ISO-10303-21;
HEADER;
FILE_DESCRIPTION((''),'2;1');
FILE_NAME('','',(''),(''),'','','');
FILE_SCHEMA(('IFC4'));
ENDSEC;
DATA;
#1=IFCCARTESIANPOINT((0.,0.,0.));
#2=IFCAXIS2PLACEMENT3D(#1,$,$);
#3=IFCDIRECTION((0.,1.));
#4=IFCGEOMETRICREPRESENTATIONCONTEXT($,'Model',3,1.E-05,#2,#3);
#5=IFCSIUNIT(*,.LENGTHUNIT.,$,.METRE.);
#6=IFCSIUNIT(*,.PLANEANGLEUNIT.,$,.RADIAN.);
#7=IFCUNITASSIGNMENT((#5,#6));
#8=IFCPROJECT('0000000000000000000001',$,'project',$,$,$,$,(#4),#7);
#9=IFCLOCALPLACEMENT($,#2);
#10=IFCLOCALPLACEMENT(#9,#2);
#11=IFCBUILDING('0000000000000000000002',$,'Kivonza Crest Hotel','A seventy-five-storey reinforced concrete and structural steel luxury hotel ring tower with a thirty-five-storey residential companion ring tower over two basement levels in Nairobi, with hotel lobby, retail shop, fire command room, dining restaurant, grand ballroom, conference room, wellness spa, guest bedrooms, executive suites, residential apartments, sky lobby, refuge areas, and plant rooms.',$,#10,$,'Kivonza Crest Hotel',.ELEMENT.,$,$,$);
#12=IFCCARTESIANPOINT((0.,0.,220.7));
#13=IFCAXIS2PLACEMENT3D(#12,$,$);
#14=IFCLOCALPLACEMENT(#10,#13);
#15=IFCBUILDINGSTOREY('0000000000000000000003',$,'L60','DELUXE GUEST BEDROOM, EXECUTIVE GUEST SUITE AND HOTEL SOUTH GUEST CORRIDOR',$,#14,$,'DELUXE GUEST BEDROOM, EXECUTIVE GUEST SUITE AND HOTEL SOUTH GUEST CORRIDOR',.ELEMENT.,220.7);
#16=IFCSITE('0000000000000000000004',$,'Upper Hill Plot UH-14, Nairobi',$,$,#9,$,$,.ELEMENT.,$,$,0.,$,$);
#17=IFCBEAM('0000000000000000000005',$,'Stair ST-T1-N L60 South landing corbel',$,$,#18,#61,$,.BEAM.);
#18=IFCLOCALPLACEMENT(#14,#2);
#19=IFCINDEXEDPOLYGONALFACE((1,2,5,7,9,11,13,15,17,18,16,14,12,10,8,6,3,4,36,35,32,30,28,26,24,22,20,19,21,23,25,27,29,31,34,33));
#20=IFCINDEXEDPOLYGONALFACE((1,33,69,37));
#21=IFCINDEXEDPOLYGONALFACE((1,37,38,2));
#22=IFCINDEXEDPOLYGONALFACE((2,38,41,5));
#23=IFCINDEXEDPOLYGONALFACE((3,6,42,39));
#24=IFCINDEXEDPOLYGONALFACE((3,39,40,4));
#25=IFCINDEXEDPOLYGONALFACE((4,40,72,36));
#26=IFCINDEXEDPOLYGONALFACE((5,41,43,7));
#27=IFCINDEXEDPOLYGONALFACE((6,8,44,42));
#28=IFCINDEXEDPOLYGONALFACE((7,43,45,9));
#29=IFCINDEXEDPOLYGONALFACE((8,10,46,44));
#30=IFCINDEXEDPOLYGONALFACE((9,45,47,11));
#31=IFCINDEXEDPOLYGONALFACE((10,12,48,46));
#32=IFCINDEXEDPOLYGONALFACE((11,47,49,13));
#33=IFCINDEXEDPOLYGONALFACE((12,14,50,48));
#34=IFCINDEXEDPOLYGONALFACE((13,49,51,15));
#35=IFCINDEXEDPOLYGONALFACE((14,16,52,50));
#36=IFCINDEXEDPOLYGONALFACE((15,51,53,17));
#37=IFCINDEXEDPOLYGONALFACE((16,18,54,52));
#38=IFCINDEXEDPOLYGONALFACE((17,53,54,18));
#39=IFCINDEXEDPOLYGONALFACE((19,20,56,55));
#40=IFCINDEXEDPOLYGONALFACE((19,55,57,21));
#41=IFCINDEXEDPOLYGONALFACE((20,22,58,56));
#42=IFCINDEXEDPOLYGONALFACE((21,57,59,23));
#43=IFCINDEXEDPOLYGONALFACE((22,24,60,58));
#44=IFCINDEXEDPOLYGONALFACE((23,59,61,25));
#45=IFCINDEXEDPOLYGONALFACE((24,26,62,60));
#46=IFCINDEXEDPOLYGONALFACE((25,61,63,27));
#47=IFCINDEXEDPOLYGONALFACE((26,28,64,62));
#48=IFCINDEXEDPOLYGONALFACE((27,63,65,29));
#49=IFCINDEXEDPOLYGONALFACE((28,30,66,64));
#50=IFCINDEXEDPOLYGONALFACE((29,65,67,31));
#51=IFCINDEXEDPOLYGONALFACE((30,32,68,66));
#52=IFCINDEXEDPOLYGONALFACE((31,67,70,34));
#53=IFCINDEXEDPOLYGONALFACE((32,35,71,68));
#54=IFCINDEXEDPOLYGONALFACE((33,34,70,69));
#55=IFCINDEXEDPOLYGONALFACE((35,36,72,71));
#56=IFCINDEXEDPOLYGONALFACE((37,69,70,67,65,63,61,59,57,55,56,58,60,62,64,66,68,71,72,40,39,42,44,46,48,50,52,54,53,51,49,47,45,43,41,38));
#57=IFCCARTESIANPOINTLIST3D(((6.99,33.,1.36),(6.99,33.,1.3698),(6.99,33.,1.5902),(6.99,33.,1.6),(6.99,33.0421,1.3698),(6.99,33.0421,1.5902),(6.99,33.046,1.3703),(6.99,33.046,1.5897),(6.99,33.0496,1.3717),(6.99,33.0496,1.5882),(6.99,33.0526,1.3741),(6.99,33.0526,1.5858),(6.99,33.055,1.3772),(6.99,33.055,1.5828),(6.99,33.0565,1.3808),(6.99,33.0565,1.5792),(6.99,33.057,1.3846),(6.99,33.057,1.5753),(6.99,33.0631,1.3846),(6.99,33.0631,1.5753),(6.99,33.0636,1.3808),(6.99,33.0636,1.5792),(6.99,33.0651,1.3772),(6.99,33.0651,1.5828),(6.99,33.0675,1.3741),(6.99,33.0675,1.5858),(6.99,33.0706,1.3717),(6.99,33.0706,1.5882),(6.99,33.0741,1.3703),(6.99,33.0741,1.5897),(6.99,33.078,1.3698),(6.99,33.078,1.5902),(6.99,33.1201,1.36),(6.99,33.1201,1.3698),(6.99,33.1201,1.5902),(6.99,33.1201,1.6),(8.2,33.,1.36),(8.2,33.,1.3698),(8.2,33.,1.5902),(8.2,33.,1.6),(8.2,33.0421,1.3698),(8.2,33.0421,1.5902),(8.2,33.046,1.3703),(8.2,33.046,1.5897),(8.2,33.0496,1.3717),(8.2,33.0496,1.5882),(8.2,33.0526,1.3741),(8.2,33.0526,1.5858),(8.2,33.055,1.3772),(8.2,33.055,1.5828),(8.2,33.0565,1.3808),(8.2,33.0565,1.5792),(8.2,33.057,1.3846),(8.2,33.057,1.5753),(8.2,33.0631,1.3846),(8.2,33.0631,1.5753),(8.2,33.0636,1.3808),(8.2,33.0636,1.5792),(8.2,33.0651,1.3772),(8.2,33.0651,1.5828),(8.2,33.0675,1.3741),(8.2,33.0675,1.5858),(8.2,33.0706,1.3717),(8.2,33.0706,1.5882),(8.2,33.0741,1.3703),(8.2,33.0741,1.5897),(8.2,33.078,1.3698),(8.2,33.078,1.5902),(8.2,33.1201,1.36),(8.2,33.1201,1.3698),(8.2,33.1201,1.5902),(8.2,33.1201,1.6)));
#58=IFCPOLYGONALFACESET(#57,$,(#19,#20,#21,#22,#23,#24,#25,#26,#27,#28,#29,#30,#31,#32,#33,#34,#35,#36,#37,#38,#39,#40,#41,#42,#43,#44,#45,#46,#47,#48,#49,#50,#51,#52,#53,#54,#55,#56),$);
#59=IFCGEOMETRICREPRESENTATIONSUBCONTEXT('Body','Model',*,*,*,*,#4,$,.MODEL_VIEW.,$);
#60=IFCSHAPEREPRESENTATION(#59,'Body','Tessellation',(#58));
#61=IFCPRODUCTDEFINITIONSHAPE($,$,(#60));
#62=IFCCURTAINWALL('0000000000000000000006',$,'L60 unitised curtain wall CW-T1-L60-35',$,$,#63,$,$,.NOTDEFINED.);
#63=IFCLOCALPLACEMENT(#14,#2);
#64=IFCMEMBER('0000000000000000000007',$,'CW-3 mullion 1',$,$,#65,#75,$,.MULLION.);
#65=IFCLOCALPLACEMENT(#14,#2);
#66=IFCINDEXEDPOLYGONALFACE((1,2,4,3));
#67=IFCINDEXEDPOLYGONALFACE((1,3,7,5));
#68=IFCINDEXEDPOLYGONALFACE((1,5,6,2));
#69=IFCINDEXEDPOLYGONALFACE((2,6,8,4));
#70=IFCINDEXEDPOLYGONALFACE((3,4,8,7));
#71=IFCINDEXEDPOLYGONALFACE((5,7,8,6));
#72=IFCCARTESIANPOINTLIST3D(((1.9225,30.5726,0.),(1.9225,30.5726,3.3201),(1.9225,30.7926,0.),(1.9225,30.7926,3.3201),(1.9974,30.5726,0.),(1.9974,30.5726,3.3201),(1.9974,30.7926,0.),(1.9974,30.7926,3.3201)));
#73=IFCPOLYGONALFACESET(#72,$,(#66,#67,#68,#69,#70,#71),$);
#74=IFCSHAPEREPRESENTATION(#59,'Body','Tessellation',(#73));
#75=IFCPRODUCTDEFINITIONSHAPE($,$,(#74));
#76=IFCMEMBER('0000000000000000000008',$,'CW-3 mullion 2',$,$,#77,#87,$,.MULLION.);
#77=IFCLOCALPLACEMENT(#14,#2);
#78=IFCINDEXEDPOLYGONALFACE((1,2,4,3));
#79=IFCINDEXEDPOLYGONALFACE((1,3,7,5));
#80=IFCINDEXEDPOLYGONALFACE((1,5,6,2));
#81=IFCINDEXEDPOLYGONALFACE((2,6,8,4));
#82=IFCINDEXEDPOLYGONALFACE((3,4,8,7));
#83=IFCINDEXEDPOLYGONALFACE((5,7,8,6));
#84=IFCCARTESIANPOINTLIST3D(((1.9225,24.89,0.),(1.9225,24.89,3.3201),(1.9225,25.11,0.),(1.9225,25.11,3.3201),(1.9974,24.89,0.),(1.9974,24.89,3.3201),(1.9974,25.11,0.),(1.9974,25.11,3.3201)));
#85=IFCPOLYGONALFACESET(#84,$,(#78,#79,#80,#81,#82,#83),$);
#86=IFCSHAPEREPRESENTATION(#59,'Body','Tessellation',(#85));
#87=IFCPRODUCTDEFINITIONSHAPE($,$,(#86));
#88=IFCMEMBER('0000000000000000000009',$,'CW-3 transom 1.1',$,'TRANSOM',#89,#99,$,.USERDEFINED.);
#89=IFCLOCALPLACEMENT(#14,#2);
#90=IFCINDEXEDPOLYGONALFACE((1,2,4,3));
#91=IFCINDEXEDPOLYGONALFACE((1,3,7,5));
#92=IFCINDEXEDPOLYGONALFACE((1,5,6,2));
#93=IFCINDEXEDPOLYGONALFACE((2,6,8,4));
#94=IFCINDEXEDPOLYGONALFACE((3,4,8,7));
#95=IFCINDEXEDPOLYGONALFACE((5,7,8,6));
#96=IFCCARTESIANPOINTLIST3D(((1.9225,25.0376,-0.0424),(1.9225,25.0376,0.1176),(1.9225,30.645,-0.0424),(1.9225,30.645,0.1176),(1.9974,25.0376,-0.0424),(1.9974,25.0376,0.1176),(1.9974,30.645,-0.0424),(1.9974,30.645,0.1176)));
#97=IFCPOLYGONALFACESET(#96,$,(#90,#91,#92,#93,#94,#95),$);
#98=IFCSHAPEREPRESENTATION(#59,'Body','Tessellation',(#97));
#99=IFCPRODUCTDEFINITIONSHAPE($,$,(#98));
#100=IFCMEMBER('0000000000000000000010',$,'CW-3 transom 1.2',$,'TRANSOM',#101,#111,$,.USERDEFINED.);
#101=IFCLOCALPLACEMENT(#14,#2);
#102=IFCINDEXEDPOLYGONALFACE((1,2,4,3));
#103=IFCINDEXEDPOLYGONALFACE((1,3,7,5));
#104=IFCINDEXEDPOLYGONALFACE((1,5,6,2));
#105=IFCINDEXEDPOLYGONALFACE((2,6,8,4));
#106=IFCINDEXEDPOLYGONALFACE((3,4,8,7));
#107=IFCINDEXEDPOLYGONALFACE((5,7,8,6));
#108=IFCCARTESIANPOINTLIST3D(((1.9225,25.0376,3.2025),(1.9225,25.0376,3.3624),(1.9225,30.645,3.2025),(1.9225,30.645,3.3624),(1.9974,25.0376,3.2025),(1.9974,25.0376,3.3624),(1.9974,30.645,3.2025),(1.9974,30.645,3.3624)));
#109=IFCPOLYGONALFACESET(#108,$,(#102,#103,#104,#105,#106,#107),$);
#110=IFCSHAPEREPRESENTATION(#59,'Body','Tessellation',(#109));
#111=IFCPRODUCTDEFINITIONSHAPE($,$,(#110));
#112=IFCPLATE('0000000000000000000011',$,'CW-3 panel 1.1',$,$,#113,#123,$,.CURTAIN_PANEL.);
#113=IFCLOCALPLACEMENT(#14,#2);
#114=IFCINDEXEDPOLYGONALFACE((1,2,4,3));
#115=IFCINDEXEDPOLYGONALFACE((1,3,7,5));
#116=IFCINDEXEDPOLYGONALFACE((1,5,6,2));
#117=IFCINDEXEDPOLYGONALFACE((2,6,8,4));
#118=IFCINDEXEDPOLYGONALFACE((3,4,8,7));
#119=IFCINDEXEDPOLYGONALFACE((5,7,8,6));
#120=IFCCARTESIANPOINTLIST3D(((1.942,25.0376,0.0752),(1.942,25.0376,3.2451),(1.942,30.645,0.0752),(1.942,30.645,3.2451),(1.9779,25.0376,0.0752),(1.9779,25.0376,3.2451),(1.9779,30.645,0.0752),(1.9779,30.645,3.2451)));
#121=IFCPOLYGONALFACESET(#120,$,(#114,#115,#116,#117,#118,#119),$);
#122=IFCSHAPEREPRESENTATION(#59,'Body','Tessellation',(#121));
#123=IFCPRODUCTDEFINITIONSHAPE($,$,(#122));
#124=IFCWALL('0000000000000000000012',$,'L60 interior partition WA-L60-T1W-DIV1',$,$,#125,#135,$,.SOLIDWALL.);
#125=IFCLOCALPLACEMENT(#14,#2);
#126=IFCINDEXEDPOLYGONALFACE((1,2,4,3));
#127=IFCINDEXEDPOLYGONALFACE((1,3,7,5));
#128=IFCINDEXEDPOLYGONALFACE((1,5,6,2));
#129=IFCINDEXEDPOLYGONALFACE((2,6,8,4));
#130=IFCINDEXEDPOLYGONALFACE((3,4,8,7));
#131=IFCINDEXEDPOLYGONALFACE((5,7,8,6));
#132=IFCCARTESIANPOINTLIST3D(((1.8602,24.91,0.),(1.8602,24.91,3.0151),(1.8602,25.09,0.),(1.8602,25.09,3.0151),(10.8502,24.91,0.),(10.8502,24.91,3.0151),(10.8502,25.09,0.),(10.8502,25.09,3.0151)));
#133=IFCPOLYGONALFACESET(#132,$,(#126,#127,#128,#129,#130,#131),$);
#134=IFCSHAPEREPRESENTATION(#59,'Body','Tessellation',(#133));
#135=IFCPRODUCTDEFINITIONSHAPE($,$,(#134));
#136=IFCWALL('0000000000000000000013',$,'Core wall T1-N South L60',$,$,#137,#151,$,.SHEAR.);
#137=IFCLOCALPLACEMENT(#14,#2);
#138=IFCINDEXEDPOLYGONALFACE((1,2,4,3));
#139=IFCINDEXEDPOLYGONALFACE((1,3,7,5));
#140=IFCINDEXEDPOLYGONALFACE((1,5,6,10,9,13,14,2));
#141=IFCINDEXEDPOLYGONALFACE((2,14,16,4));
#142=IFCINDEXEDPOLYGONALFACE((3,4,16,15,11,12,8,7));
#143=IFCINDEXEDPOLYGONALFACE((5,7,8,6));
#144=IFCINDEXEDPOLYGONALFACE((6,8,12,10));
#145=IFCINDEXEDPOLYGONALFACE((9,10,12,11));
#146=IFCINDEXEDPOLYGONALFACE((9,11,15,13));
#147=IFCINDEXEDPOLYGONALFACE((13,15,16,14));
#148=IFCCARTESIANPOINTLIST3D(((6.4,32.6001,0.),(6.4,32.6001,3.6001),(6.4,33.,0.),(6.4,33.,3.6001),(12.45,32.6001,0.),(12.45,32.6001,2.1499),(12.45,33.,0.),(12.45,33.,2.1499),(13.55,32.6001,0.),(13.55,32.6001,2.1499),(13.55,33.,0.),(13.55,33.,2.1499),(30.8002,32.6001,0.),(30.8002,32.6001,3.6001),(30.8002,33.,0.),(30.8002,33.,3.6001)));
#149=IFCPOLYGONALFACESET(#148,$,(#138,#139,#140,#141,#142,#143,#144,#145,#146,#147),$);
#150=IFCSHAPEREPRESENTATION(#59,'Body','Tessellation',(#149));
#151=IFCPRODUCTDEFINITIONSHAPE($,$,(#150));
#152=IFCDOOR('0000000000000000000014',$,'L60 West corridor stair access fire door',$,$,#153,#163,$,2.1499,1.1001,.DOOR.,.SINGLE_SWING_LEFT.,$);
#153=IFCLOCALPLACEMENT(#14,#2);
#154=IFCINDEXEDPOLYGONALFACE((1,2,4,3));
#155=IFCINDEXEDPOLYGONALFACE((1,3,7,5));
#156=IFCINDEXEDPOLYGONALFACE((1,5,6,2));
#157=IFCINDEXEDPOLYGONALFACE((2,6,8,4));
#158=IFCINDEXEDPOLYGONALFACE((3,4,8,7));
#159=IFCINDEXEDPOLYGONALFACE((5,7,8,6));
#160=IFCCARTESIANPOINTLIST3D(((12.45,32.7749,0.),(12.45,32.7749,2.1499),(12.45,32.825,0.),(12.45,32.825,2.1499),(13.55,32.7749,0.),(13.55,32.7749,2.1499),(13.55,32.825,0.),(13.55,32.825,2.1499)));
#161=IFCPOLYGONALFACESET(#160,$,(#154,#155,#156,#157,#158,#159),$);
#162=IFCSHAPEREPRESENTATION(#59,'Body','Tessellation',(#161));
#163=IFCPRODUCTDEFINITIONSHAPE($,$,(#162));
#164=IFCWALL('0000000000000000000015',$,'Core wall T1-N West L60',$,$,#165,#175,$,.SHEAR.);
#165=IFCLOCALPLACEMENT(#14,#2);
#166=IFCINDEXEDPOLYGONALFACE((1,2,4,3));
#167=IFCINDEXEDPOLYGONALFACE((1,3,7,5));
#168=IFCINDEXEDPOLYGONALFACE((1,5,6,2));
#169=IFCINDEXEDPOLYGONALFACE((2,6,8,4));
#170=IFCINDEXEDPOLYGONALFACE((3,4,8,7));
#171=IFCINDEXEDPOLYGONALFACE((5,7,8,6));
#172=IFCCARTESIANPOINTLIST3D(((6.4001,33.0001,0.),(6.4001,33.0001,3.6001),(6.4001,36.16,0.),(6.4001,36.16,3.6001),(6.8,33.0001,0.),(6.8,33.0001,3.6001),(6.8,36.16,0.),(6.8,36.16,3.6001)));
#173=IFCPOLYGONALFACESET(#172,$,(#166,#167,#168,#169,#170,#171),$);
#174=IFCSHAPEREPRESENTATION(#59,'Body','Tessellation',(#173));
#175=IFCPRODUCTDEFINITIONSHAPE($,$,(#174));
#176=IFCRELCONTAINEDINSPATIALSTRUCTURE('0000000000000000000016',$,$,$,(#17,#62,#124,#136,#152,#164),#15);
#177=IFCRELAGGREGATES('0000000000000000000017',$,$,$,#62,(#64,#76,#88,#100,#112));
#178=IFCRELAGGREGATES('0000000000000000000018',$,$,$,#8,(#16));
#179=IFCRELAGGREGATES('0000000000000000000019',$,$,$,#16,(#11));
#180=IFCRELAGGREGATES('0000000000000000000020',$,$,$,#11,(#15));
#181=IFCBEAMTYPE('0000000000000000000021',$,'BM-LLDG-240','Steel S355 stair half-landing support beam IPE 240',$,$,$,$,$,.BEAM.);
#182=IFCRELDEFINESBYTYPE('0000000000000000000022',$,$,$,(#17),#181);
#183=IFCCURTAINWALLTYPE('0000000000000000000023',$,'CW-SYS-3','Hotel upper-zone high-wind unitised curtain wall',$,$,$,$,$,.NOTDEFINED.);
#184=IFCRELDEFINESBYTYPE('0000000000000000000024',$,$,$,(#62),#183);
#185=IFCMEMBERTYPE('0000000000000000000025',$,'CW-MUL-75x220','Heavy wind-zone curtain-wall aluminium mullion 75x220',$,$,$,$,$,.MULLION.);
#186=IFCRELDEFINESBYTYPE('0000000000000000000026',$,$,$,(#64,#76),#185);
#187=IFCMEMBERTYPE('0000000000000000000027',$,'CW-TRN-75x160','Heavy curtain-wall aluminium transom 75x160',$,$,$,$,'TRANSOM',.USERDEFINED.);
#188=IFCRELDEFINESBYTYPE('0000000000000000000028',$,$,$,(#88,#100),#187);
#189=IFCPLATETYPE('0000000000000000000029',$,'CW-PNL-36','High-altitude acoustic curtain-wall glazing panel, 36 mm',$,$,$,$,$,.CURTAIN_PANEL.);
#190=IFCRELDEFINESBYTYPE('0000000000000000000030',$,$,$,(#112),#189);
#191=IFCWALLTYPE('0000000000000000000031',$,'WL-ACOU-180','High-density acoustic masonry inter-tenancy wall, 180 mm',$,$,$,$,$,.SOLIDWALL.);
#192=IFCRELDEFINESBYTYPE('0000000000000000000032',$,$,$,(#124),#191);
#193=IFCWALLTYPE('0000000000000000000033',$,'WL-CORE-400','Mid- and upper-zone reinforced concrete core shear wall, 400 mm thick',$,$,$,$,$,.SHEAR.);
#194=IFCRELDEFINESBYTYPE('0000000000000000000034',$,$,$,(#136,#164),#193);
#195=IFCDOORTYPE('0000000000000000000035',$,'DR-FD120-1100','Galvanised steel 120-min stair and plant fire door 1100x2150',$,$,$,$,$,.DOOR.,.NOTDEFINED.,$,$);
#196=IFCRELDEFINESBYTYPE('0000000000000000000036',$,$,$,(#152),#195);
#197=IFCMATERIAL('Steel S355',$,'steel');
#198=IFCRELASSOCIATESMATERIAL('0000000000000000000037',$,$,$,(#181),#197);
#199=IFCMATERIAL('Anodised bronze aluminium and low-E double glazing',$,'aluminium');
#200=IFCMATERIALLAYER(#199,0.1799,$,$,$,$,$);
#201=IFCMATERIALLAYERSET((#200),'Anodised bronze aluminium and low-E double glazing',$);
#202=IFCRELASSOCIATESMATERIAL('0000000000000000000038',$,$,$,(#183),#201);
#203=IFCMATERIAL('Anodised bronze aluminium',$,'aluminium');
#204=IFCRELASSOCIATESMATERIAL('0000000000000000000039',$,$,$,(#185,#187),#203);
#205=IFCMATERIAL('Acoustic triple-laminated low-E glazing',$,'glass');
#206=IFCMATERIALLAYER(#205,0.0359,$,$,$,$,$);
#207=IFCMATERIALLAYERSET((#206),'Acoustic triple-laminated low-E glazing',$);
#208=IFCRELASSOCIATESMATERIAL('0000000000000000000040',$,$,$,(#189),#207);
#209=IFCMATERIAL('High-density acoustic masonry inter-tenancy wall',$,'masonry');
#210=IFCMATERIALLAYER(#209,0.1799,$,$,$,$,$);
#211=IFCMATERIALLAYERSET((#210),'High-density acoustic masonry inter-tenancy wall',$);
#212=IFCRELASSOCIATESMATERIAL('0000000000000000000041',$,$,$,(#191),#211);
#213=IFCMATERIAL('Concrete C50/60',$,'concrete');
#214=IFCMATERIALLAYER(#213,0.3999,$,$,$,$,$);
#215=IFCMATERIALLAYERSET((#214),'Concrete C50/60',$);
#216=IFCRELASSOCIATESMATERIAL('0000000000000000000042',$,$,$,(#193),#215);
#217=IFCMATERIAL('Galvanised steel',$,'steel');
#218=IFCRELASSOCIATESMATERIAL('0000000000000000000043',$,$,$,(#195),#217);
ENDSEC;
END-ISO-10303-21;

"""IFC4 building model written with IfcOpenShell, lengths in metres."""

from ifc_helpers import new_model, si_unit, direction, frame, frame_2d, origin, origin_2d, place, context, subcontext, project, spatial, rectangle, i_section, extrude, material, layer, layer_set, material_profile, profile_set, type_object, element, fill, aggregate, save


model = new_model("IFC4")

# Units and contexts
model_context = context("Model", 3, precision=1e-05, world=origin(), true_north=direction((0.0, 1.0)))
body_context = subcontext(model_context, "Body", "Model", "MODEL_VIEW")
ifc_project = project(units=[si_unit("LENGTHUNIT", "METRE"), si_unit("PLANEANGLEUNIT", "RADIAN")], contexts=[model_context])

# Site, building, storey
site_placement = place(None, origin())
site = spatial("IfcSite", under=ifc_project, at=site_placement, Name="Upper Hill Plot UH-14, Nairobi", CompositionType="ELEMENT", RefElevation=0.0)
building_placement = place(site_placement, origin())
building = spatial("IfcBuilding", under=site, at=building_placement, Name="Kivonza Crest Hotel", Description="A seventy-five-storey reinforced concrete and structural steel luxury hotel ring tower with a thirty-five-storey residential companion ring tower over two basement levels in Nairobi, with hotel lobby, retail shop, fire command room, dining restaurant, grand ballroom, conference room, wellness spa, guest bedrooms, executive suites, residential apartments, sky lobby, refuge areas, and plant rooms.", LongName="Kivonza Crest Hotel", CompositionType="ELEMENT")
storey_placement = place(building_placement, frame((0.0, 0.0, 220.7)))
storey = spatial("IfcBuildingStorey", under=building, at=storey_placement, Name="L60", Description="DELUXE GUEST BEDROOM, EXECUTIVE GUEST SUITE AND HOTEL SOUTH GUEST CORRIDOR", LongName="DELUXE GUEST BEDROOM, EXECUTIVE GUEST SUITE AND HOTEL SOUTH GUEST CORRIDOR", CompositionType="ELEMENT", Elevation=220.7)

# Shared definitions
ifc_material_1 = material(Name="Concrete C50/60", Category="concrete")

# Beam
ifc_material_2 = material(Name="Steel S355", Category="steel")
ifc_material_profile_1 = material_profile(ifc_material_2, i_section(OverallWidth=0.1201, OverallDepth=0.24, WebThickness=0.0061, FlangeThickness=0.0098, FilletRadius=0.0149, at=origin_2d()), Name="IPE 240")
ifc_profile_set_1 = profile_set([ifc_material_profile_1], Name="Steel S355")
beam_type_1 = type_object("IfcBeamType", Name="BM-LLDG-240", Description="Steel S355 stair half-landing support beam IPE 240", PredefinedType="BEAM", material=ifc_profile_set_1)
beam_1_placement = place(storey_placement, frame((6.99, 33.0601, 1.48), z_axis=(1.0, 0.0, 0.0), x_axis=(0.0, 1.0, 0.0)))
element("IfcBeam", 1, at=beam_1_placement, inside=storey, type_object=beam_type_1, Name="Stair ST-T1-N L60 South landing corbel", PredefinedType="BEAM", context=body_context, shape_type="SweptSolid", body=[
    extrude(i_section(OverallWidth=0.1201, OverallDepth=0.24, WebThickness=0.0061, FlangeThickness=0.0098, FilletRadius=0.0149, at=origin_2d()), origin(), (0.0, 0.0, 1.0), 1.21),
])

# Curtain wall, members, plate
ifc_material_3 = material(Name="Anodised bronze aluminium and low-E double glazing", Category="aluminium")
ifc_layer_1 = layer(ifc_material_3, 0.1799)
ifc_layer_set_1 = layer_set([ifc_layer_1], Name="Anodised bronze aluminium and low-E double glazing")
curtain_wall_type = type_object("IfcCurtainWallType", Name="CW-SYS-3", Description="Hotel upper-zone high-wind unitised curtain wall", PredefinedType="NOTDEFINED", material=ifc_layer_set_1)
curtain_wall_placement = place(storey_placement, origin())
curtain_wall = element("IfcCurtainWall", 2, at=curtain_wall_placement, inside=storey, type_object=curtain_wall_type, Name="L60 unitised curtain wall CW-T1-L60-35", PredefinedType="NOTDEFINED")
ifc_material_4 = material(Name="Anodised bronze aluminium", Category="aluminium")
ifc_material_profile_2 = material_profile(ifc_material_4, rectangle(XDim=0.075, YDim=0.22, at=origin_2d()), Name="CW-M 75x220")
ifc_profile_set_2 = profile_set([ifc_material_profile_2], Name="Anodised bronze aluminium")
member_type_1 = type_object("IfcMemberType", Name="CW-MUL-75x220", Description="Heavy wind-zone curtain-wall aluminium mullion 75x220", PredefinedType="MULLION", material=ifc_profile_set_2)
member_1_placement = place(storey_placement, frame((1.96, 30.6826, 0.0), z_axis=(0.0, 0.0, 1.0), x_axis=(1.0, 0.0, 0.0)))
member_1 = element("IfcMember", 3, at=member_1_placement, type_object=member_type_1, Name="CW-3 mullion 1", PredefinedType="MULLION", context=body_context, shape_type="SweptSolid", body=[
    extrude(rectangle(XDim=0.075, YDim=0.22, at=origin_2d()), origin(), (0.0, 0.0, 1.0), 3.3201),
])
member_2_placement = place(storey_placement, frame((1.96, 25.0, 0.0), z_axis=(0.0, 0.0, 1.0), x_axis=(1.0, 0.0, 0.0)))
member_2 = element("IfcMember", 4, at=member_2_placement, type_object=member_type_1, Name="CW-3 mullion 2", PredefinedType="MULLION", context=body_context, shape_type="SweptSolid", body=[
    extrude(rectangle(XDim=0.075, YDim=0.22, at=origin_2d()), origin(), (0.0, 0.0, 1.0), 3.3201),
])
ifc_material_profile_3 = material_profile(ifc_material_4, rectangle(XDim=0.075, YDim=0.1599, at=origin_2d()), Name="CW-T 75x160")
ifc_profile_set_3 = profile_set([ifc_material_profile_3], Name="Anodised bronze aluminium")
member_type_2 = type_object("IfcMemberType", Name="CW-TRN-75x160", Description="Heavy curtain-wall aluminium transom 75x160", ElementType="TRANSOM", PredefinedType="USERDEFINED", material=ifc_profile_set_3)
member_3_placement = place(storey_placement, frame((1.96, 30.645, 0.0376), z_axis=(0.0, -1.0, 0.0), x_axis=(1.0, 0.0, 0.0)))
member_3 = element("IfcMember", 5, at=member_3_placement, type_object=member_type_2, Name="CW-3 transom 1.1", ObjectType="TRANSOM", PredefinedType="USERDEFINED", context=body_context, shape_type="SweptSolid", body=[
    extrude(rectangle(XDim=0.075, YDim=0.1599, at=origin_2d()), origin(), (0.0, 0.0, 1.0), 5.6074),
])
member_4_placement = place(storey_placement, frame((1.96, 30.645, 3.2825), z_axis=(0.0, -1.0, 0.0), x_axis=(1.0, 0.0, 0.0)))
member_4 = element("IfcMember", 6, at=member_4_placement, type_object=member_type_2, Name="CW-3 transom 1.2", ObjectType="TRANSOM", PredefinedType="USERDEFINED", context=body_context, shape_type="SweptSolid", body=[
    extrude(rectangle(XDim=0.075, YDim=0.1599, at=origin_2d()), origin(), (0.0, 0.0, 1.0), 5.6074),
])
ifc_material_5 = material(Name="Acoustic triple-laminated low-E glazing", Category="glass")
ifc_layer_2 = layer(ifc_material_5, 0.0359)
ifc_layer_set_2 = layer_set([ifc_layer_2], Name="Acoustic triple-laminated low-E glazing")
plate_type = type_object("IfcPlateType", Name="CW-PNL-36", Description="High-altitude acoustic curtain-wall glazing panel, 36 mm", PredefinedType="CURTAIN_PANEL", material=ifc_layer_set_2)
plate_placement = place(storey_placement, frame((1.96, 27.8413, 0.0752), z_axis=(0.0, 0.0, 1.0), x_axis=(0.0, -1.0, 0.0)))
plate = element("IfcPlate", 7, at=plate_placement, type_object=plate_type, Name="CW-3 panel 1.1", PredefinedType="CURTAIN_PANEL", context=body_context, shape_type="SweptSolid", body=[
    extrude(rectangle(XDim=5.6074, YDim=0.0359, at=origin_2d()), origin(), (0.0, 0.0, 1.0), 3.1699),
])
aggregate(curtain_wall, [member_1, member_2, member_3, member_4, plate])

# Wall
ifc_material_6 = material(Name="High-density acoustic masonry inter-tenancy wall", Category="masonry")
ifc_layer_3 = layer(ifc_material_6, 0.1799)
ifc_layer_set_3 = layer_set([ifc_layer_3], Name="High-density acoustic masonry inter-tenancy wall")
wall_type_1 = type_object("IfcWallType", Name="WL-ACOU-180", Description="High-density acoustic masonry inter-tenancy wall, 180 mm", PredefinedType="SOLIDWALL", material=ifc_layer_set_3)
wall_1_placement = place(storey_placement, frame((1.8601, 25.0, 0.0), z_axis=(0.0, 0.0, 1.0), x_axis=(1.0, 0.0, 0.0)))
element("IfcWall", 8, at=wall_1_placement, inside=storey, type_object=wall_type_1, Name="L60 interior partition WA-L60-T1W-DIV1", PredefinedType="SOLIDWALL", context=body_context, shape_type="SweptSolid", body=[
    extrude(rectangle(XDim=8.99, YDim=0.1799, at=frame_2d((4.4951, 0.0))), origin(), (0.0, 0.0, 1.0), 3.0151),
])

# Wall, opening, door
ifc_layer_4 = layer(ifc_material_1, 0.3999)
ifc_layer_set_4 = layer_set([ifc_layer_4], Name="Concrete C50/60")
wall_type_2 = type_object("IfcWallType", Name="WL-CORE-400", Description="Mid- and upper-zone reinforced concrete core shear wall, 400 mm thick", PredefinedType="SHEAR", material=ifc_layer_set_4)
wall_2_placement = place(storey_placement, frame((6.3999, 32.8, 0.0), z_axis=(0.0, 0.0, 1.0), x_axis=(1.0, 0.0, 0.0)))
wall_2 = element("IfcWall", 9, at=wall_2_placement, inside=storey, type_object=wall_type_2, Name="Core wall T1-N South L60", PredefinedType="SHEAR", context=body_context, shape_type="SweptSolid", body=[
    extrude(rectangle(XDim=24.4001, YDim=0.3999, at=frame_2d((12.2002, 0.0))), origin(), (0.0, 0.0, 1.0), 3.6001),
])
opening_placement = place(wall_2_placement, frame((6.05, 0.0, 0.0)))
opening = element("IfcOpeningElement", 10, at=opening_placement, cuts=wall_2, PredefinedType="OPENING", context=body_context, shape_type="SweptSolid", body=[
    extrude(rectangle(XDim=1.1001, YDim=2.1499, at=frame_2d((0.55, 1.075))), frame((0.0, 0.21, 0.0), z_axis=(0.0, -1.0, 0.0), x_axis=(1.0, 0.0, 0.0)), (0.0, 0.0, 1.0), 0.4199),
])
ifc_material_7 = material(Name="Galvanised steel", Category="steel")
door_type = type_object("IfcDoorType", Name="DR-FD120-1100", Description="Galvanised steel 120-min stair and plant fire door 1100x2150", OperationType="NOTDEFINED", PredefinedType="DOOR", material=ifc_material_7)
door_placement = place(opening_placement, origin())
door = element("IfcDoor", 11, at=door_placement, inside=storey, type_object=door_type, Name="L60 West corridor stair access fire door", OperationType="SINGLE_SWING_LEFT", OverallHeight=2.1499, OverallWidth=1.1001, PredefinedType="DOOR", context=body_context, shape_type="SweptSolid", body=[
    extrude(rectangle(XDim=1.1001, YDim=2.1499, at=frame_2d((0.55, 1.075))), frame((0.0, 0.0249, 0.0), z_axis=(0.0, -1.0, 0.0), x_axis=(1.0, 0.0, 0.0)), (0.0, 0.0, 1.0), 0.05),
])
fill(opening, door)

# Wall
wall_3_placement = place(storey_placement, frame((6.6001, 33.0, 0.0), z_axis=(0.0, 0.0, 1.0), x_axis=(0.0, 1.0, 0.0)))
element("IfcWall", 12, at=wall_3_placement, inside=storey, type_object=wall_type_2, Name="Core wall T1-N West L60", PredefinedType="SHEAR", context=body_context, shape_type="SweptSolid", body=[
    extrude(rectangle(XDim=3.1599, YDim=0.3999, at=frame_2d((1.5801, 0.0))), origin(), (0.0, 0.0, 1.0), 3.6001),
])

save(model, "model.ifc")
